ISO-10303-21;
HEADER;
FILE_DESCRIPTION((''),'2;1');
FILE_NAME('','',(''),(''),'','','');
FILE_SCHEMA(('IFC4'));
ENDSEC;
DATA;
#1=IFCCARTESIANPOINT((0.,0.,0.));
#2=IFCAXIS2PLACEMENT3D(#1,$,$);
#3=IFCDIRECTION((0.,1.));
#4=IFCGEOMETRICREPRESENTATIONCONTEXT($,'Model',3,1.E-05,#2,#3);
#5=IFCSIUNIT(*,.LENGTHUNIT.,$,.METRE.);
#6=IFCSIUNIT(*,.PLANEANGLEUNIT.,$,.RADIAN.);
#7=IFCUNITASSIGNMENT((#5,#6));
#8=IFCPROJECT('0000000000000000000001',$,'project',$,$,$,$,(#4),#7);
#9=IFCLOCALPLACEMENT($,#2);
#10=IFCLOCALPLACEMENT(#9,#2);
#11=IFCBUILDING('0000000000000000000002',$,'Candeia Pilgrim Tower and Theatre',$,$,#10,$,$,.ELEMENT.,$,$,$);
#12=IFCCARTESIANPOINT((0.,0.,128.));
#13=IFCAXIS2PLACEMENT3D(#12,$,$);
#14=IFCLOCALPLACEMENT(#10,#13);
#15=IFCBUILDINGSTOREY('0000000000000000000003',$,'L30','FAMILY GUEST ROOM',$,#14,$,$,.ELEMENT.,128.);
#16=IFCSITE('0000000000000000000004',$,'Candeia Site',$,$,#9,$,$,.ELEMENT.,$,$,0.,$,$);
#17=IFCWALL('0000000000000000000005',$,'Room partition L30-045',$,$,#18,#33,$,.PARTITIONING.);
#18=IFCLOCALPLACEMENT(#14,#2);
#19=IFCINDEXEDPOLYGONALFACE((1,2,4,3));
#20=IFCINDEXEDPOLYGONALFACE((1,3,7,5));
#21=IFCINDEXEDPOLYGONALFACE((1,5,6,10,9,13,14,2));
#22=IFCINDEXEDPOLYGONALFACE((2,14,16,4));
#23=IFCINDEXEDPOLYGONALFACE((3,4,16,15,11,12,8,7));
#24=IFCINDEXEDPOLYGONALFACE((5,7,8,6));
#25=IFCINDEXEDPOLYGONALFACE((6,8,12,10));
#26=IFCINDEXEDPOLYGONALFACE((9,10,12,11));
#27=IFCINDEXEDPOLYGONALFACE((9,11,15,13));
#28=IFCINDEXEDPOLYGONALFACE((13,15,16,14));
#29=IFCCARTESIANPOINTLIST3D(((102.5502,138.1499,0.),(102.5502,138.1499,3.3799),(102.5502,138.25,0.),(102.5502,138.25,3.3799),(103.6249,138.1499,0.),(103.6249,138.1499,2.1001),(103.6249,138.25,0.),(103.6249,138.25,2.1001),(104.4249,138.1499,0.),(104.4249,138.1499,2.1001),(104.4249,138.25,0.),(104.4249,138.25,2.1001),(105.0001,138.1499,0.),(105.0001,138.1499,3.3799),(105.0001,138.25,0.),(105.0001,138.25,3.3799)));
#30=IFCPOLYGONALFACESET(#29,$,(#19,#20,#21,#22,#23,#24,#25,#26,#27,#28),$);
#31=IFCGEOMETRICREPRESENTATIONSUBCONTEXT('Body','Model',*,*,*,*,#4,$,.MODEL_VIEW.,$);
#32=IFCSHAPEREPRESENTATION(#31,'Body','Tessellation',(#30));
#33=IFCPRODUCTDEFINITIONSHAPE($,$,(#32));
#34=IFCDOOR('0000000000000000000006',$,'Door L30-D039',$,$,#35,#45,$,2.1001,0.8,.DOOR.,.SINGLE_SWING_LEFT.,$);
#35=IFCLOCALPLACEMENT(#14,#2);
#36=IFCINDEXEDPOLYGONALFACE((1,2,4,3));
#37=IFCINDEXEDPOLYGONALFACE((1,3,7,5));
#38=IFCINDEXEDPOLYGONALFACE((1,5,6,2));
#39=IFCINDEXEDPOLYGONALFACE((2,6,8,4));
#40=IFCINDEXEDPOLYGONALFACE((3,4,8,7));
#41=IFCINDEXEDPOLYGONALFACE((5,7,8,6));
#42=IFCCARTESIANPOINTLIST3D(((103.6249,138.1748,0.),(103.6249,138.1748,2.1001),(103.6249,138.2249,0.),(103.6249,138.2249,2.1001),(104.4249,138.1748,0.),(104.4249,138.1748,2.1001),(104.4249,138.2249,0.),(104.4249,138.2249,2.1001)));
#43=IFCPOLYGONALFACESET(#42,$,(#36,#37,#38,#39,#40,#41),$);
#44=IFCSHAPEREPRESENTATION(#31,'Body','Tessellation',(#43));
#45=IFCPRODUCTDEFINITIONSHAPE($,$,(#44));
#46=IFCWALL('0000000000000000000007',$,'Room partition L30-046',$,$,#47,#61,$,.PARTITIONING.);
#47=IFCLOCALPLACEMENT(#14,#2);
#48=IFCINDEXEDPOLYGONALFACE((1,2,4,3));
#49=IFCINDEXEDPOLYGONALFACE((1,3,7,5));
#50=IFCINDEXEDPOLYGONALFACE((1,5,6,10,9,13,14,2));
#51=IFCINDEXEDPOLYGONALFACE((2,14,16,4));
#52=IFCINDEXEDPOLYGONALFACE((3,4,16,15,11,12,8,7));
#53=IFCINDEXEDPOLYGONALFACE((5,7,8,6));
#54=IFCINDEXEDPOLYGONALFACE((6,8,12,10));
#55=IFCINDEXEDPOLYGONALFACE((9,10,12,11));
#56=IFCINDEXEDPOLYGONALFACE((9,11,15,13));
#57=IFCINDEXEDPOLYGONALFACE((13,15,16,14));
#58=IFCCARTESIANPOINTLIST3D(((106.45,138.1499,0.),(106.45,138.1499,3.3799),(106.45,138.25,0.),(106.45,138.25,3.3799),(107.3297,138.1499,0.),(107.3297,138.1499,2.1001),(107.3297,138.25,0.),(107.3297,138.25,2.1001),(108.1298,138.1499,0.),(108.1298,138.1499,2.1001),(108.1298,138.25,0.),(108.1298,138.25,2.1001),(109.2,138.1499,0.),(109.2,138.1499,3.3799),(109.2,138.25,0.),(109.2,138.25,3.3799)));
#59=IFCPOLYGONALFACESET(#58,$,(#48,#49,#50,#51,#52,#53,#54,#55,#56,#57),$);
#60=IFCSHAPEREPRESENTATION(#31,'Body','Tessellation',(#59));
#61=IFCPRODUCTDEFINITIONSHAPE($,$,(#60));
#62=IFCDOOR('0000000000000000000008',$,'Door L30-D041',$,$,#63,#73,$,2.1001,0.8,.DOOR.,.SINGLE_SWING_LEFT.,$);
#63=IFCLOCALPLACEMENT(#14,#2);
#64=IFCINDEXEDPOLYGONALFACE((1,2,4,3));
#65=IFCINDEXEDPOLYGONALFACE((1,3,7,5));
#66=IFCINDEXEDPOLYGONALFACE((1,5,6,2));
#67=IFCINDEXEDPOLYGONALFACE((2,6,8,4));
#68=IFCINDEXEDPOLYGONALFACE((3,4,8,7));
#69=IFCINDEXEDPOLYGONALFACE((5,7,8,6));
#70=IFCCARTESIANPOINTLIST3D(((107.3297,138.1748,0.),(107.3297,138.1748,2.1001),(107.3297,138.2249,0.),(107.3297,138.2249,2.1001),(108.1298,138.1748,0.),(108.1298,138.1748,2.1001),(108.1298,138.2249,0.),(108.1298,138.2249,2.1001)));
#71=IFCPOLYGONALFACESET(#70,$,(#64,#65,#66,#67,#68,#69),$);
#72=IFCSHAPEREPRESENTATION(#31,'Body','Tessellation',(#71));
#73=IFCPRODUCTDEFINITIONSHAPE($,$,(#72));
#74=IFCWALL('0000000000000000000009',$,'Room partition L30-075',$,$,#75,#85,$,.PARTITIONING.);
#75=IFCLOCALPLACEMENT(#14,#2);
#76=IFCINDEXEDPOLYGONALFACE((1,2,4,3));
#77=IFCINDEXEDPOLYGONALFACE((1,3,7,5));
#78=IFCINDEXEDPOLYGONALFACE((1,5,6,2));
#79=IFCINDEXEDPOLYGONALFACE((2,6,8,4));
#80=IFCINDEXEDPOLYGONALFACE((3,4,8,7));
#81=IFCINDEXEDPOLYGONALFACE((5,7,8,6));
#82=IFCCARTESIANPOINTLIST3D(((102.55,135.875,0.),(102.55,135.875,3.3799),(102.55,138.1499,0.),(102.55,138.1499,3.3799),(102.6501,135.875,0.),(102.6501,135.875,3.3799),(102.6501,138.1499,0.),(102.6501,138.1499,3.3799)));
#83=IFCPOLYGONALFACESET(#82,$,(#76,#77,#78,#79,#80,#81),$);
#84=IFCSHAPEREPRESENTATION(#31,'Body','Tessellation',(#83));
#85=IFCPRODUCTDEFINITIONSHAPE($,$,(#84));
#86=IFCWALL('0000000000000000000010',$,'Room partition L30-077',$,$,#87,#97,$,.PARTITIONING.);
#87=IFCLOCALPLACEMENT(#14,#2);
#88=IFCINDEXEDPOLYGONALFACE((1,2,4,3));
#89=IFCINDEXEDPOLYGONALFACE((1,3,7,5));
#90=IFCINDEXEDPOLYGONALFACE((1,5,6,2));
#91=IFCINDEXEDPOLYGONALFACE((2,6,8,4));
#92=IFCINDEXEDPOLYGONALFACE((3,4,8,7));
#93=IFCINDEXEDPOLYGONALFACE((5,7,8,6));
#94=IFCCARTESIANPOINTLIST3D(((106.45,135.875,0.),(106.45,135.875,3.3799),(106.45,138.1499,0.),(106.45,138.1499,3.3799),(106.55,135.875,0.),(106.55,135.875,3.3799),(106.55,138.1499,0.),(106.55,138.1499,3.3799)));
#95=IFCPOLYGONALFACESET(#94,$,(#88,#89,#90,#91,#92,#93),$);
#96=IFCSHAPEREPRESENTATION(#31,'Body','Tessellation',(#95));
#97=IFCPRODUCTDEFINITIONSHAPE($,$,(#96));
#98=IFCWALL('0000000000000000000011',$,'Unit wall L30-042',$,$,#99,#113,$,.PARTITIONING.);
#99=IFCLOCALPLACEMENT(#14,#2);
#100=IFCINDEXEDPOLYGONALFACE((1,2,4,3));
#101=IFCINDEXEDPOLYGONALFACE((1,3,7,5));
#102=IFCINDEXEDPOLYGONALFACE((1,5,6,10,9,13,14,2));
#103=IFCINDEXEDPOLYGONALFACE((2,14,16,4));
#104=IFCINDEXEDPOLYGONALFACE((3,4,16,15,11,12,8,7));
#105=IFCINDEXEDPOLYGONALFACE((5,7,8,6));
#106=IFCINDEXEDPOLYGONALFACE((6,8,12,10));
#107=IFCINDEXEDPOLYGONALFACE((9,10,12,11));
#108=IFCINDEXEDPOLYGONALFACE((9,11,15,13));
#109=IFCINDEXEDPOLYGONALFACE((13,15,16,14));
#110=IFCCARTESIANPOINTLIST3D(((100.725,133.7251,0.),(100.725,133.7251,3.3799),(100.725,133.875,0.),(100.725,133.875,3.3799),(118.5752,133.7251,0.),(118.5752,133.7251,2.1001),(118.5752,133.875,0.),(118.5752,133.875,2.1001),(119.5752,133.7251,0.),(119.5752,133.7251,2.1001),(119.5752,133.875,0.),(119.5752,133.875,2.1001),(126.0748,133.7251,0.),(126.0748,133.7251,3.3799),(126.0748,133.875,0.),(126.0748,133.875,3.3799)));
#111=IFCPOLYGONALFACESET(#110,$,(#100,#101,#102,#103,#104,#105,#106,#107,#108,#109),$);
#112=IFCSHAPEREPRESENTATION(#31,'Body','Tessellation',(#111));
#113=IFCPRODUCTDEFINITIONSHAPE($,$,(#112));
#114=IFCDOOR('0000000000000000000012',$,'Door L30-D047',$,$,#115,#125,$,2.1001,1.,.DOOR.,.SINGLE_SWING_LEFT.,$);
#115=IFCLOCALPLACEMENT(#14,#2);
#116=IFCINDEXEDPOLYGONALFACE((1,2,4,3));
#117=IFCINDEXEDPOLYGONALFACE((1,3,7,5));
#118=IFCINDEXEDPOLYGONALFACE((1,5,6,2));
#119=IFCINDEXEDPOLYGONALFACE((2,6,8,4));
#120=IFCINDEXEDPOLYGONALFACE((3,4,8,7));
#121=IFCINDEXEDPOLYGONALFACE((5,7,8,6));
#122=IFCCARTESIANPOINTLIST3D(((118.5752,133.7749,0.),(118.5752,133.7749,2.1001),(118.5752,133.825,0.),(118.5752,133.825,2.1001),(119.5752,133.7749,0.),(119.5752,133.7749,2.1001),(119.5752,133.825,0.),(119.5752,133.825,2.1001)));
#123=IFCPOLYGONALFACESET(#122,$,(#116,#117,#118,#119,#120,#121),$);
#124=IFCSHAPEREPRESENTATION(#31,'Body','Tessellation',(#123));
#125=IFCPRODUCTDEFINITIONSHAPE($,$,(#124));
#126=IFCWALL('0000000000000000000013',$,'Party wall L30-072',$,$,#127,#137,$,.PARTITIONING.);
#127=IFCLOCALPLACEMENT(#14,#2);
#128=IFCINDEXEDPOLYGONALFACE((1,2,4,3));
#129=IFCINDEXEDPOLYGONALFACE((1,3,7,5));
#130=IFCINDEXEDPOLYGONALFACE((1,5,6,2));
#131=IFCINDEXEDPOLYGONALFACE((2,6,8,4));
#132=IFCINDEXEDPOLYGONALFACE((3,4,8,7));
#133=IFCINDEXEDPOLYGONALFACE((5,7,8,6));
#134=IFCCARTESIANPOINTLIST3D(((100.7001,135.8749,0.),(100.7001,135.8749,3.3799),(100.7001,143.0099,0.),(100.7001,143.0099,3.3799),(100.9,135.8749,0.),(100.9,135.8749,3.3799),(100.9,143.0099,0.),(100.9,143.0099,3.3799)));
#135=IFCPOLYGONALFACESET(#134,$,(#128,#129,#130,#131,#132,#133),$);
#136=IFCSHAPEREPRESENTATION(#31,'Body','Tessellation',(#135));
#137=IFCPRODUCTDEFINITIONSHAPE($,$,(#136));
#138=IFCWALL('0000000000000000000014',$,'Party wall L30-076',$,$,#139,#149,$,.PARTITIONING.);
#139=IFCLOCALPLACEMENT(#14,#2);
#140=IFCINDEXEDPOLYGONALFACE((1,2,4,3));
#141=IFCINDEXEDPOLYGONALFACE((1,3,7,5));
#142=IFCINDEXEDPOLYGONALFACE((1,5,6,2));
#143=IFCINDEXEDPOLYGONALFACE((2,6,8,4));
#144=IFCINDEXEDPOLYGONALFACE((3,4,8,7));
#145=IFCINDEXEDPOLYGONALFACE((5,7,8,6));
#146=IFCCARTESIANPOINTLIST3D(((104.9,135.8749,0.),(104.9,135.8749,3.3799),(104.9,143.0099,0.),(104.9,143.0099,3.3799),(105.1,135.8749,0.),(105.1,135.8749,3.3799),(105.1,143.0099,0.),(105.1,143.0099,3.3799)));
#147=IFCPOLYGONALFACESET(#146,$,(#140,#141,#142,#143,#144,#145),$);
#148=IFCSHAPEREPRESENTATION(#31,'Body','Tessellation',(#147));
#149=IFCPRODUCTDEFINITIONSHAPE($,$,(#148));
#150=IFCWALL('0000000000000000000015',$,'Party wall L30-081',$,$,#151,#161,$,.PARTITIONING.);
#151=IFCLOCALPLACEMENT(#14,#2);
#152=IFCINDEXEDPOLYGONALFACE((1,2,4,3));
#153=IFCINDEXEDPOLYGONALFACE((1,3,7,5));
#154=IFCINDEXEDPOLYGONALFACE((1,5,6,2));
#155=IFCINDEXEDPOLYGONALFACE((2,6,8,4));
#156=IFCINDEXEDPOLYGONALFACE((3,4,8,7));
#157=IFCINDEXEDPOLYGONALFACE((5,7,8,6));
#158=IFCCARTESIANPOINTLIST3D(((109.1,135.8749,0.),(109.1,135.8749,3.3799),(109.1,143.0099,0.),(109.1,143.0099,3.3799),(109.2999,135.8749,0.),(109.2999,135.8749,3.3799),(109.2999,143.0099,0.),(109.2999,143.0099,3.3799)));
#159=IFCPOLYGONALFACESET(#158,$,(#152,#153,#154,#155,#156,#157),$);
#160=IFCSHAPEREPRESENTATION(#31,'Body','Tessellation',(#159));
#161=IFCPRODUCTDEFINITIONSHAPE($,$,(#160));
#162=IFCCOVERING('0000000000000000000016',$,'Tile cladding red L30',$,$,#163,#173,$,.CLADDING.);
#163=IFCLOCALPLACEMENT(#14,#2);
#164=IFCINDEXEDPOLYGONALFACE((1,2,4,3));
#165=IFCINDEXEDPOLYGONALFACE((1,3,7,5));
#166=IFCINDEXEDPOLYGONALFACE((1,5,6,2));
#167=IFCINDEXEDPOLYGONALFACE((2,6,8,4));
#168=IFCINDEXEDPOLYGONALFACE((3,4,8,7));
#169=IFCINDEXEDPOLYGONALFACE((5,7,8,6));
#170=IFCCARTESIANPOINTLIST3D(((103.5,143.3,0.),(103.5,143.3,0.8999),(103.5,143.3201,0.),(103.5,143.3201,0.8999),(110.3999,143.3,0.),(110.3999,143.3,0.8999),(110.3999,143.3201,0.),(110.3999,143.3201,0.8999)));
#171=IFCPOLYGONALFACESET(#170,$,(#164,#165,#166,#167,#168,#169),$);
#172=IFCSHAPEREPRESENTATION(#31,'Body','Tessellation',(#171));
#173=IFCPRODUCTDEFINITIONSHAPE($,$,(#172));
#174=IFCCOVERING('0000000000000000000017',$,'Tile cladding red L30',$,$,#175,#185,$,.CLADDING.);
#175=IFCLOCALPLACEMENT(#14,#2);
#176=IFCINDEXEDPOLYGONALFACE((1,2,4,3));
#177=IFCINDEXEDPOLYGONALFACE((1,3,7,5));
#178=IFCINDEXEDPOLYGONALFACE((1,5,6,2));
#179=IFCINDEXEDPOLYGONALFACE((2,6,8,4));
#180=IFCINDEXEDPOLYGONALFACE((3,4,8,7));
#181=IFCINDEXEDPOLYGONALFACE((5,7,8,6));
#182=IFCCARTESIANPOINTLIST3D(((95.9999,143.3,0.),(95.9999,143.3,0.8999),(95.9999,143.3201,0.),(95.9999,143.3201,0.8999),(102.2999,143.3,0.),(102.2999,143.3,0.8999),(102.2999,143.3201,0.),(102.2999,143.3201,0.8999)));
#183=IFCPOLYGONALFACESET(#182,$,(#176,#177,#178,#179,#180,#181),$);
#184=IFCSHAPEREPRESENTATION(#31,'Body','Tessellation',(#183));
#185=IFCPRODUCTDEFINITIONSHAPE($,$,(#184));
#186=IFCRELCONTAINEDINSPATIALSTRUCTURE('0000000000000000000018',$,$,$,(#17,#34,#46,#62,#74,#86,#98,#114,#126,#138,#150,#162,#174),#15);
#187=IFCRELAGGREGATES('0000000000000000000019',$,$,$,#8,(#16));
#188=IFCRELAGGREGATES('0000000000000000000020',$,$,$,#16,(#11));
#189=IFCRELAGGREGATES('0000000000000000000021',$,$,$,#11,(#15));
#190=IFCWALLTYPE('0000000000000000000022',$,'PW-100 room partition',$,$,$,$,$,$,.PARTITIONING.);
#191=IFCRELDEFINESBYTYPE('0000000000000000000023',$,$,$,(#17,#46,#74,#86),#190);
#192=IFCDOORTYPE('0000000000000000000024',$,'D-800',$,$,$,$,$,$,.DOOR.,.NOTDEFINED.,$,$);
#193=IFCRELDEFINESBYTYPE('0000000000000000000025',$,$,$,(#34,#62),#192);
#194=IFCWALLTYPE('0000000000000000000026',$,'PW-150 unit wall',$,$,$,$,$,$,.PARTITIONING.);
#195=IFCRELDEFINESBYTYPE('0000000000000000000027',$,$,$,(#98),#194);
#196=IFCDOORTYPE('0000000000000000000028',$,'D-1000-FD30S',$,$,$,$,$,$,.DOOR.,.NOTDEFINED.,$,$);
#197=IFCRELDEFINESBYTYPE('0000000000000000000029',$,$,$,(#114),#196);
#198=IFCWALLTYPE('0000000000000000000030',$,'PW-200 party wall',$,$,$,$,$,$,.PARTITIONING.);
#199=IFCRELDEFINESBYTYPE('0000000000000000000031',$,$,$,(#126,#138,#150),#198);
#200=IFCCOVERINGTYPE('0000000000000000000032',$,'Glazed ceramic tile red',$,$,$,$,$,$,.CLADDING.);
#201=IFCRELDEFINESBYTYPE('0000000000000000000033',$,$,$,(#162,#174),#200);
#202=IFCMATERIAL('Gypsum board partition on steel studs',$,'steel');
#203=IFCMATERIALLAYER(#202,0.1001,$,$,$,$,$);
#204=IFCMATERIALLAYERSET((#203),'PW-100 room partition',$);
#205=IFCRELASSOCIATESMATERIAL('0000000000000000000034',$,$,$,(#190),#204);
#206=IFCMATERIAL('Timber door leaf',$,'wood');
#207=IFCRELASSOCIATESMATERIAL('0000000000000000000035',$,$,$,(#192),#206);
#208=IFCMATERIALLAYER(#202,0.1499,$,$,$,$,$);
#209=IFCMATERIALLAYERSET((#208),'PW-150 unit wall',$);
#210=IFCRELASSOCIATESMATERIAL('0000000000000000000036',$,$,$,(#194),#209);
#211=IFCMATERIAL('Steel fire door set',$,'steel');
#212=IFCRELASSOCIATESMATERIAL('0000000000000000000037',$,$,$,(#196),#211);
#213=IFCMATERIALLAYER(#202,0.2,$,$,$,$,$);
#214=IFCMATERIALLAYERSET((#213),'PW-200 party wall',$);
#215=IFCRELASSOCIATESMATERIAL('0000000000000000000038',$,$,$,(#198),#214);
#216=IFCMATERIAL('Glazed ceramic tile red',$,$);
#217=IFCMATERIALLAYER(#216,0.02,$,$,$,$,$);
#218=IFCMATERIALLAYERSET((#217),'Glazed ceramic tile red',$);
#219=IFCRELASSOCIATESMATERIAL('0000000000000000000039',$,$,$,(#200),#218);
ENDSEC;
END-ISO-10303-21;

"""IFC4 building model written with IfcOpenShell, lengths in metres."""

from ifc_helpers import new_model, si_unit, direction, frame, frame_2d, origin, origin_2d, place, context, subcontext, project, spatial, rectangle, extrude, material, layer, layer_set, type_object, element, fill, save


model = new_model("IFC4")

# Units and contexts
model_context = context("Model", 3, precision=1e-05, world=origin(), true_north=direction((0.0, 1.0)))
body_context = subcontext(model_context, "Body", "Model", "MODEL_VIEW")
ifc_project = project(units=[si_unit("LENGTHUNIT", "METRE"), si_unit("PLANEANGLEUNIT", "RADIAN")], contexts=[model_context])

# Site, building, storey
site_placement = place(None, origin())
site = spatial("IfcSite", under=ifc_project, at=site_placement, Name="Candeia Site", CompositionType="ELEMENT", RefElevation=0.0)
building_placement = place(site_placement, origin())
building = spatial("IfcBuilding", under=site, at=building_placement, Name="Candeia Pilgrim Tower and Theatre", CompositionType="ELEMENT")
storey_placement = place(building_placement, frame((0.0, 0.0, 128.0)))
storey = spatial("IfcBuildingStorey", under=building, at=storey_placement, Name="L30", Description="FAMILY GUEST ROOM", CompositionType="ELEMENT", Elevation=128.0)

# Walls, openings, doors
ifc_material_1 = material(Name="Gypsum board partition on steel studs", Category="steel")
ifc_layer_1 = layer(ifc_material_1, 0.1001)
ifc_layer_set_1 = layer_set([ifc_layer_1], Name="PW-100 room partition")
wall_type_1 = type_object("IfcWallType", Name="PW-100 room partition", PredefinedType="PARTITIONING", material=ifc_layer_set_1)
wall_1_placement = place(storey_placement, frame((102.55, 138.2, 0.0), z_axis=(0.0, 0.0, 1.0), x_axis=(1.0, 0.0, 0.0)))
wall_1 = element("IfcWall", 1, at=wall_1_placement, inside=storey, type_object=wall_type_1, Name="Room partition L30-045", PredefinedType="PARTITIONING", context=body_context, shape_type="SweptSolid", body=[
    extrude(rectangle(XDim=2.45, YDim=0.1001, at=frame_2d((1.2251, 0.0))), origin(), (0.0, 0.0, 1.0), 3.3799),
])
opening_1_placement = place(wall_1_placement, frame((1.075, 0.0, 0.0)))
opening_1 = element("IfcOpeningElement", 2, at=opening_1_placement, cuts=wall_1, PredefinedType="OPENING", context=body_context, shape_type="SweptSolid", body=[
    extrude(rectangle(XDim=0.8, YDim=2.1001, at=frame_2d((0.3999, 1.05))), frame((0.0, 0.0601, 0.0), z_axis=(0.0, -1.0, 0.0), x_axis=(1.0, 0.0, 0.0)), (0.0, 0.0, 1.0), 0.1201),
])
ifc_material_2 = material(Name="Timber door leaf", Category="wood")
door_type_1 = type_object("IfcDoorType", Name="D-800", OperationType="NOTDEFINED", PredefinedType="DOOR", material=ifc_material_2)
door_1_placement = place(opening_1_placement, origin())
door_1 = element("IfcDoor", 3, at=door_1_placement, inside=storey, type_object=door_type_1, Name="Door L30-D039", OperationType="SINGLE_SWING_LEFT", OverallHeight=2.1001, OverallWidth=0.8, PredefinedType="DOOR", context=body_context, shape_type="SweptSolid", body=[
    extrude(rectangle(XDim=0.8, YDim=2.1001, at=frame_2d((0.3999, 1.05))), frame((0.0, 0.0249, 0.0), z_axis=(0.0, -1.0, 0.0), x_axis=(1.0, 0.0, 0.0)), (0.0, 0.0, 1.0), 0.05),
])
fill(opening_1, door_1)
wall_2_placement = place(storey_placement, frame((106.45, 138.2, 0.0), z_axis=(0.0, 0.0, 1.0), x_axis=(1.0, 0.0, 0.0)))
wall_2 = element("IfcWall", 4, at=wall_2_placement, inside=storey, type_object=wall_type_1, Name="Room partition L30-046", PredefinedType="PARTITIONING", context=body_context, shape_type="SweptSolid", body=[
    extrude(rectangle(XDim=2.75, YDim=0.1001, at=frame_2d((1.375, 0.0))), origin(), (0.0, 0.0, 1.0), 3.3799),
])
opening_2_placement = place(wall_2_placement, frame((0.8799, 0.0, 0.0)))
opening_2 = element("IfcOpeningElement", 5, at=opening_2_placement, cuts=wall_2, PredefinedType="OPENING", context=body_context, shape_type="SweptSolid", body=[
    extrude(rectangle(XDim=0.8, YDim=2.1001, at=frame_2d((0.3999, 1.05))), frame((0.0, 0.0601, 0.0), z_axis=(0.0, -1.0, 0.0), x_axis=(1.0, 0.0, 0.0)), (0.0, 0.0, 1.0), 0.1201),
])
door_2_placement = place(opening_2_placement, origin())
door_2 = element("IfcDoor", 6, at=door_2_placement, inside=storey, type_object=door_type_1, Name="Door L30-D041", OperationType="SINGLE_SWING_LEFT", OverallHeight=2.1001, OverallWidth=0.8, PredefinedType="DOOR", context=body_context, shape_type="SweptSolid", body=[
    extrude(rectangle(XDim=0.8, YDim=2.1001, at=frame_2d((0.3999, 1.05))), frame((0.0, 0.0249, 0.0), z_axis=(0.0, -1.0, 0.0), x_axis=(1.0, 0.0, 0.0)), (0.0, 0.0, 1.0), 0.05),
])
fill(opening_2, door_2)

# Walls
for number, where, z_axis, x_axis, name in (
    (7, (102.6001, 135.875, 0.0), (0.0, 0.0, 1.0), (0.0, 1.0, 0.0), "Room partition L30-075"),
    (8, (106.5, 135.875, 0.0), (0.0, 0.0, 1.0), (0.0, 1.0, 0.0), "Room partition L30-077"),
):
    element("IfcWall", number, at=place(storey_placement, frame(where, z_axis=z_axis, x_axis=x_axis)), inside=storey, type_object=wall_type_1, Name=name, PredefinedType="PARTITIONING", context=body_context, shape_type="SweptSolid", body=[
        extrude(rectangle(XDim=2.2749, YDim=0.1001, at=frame_2d((1.1375, 0.0))), origin(), (0.0, 0.0, 1.0), 3.3799),
    ])

# Wall, opening, door
ifc_layer_2 = layer(ifc_material_1, 0.1499)
ifc_layer_set_2 = layer_set([ifc_layer_2], Name="PW-150 unit wall")
wall_type_2 = type_object("IfcWallType", Name="PW-150 unit wall", PredefinedType="PARTITIONING", material=ifc_layer_set_2)
wall_3_placement = place(storey_placement, frame((100.7251, 133.8, 0.0), z_axis=(0.0, 0.0, 1.0), x_axis=(1.0, 0.0, 0.0)))
wall_3 = element("IfcWall", 9, at=wall_3_placement, inside=storey, type_object=wall_type_2, Name="Unit wall L30-042", PredefinedType="PARTITIONING", context=body_context, shape_type="SweptSolid", body=[
    extrude(rectangle(XDim=25.3499, YDim=0.1499, at=frame_2d((12.6748, 0.0))), origin(), (0.0, 0.0, 1.0), 3.3799),
])
opening_3_placement = place(wall_3_placement, frame((17.8501, 0.0, 0.0)))
opening_3 = element("IfcOpeningElement", 10, at=opening_3_placement, cuts=wall_3, PredefinedType="OPENING", context=body_context, shape_type="SweptSolid", body=[
    extrude(rectangle(XDim=1.0, YDim=2.1001, at=frame_2d((0.5, 1.05))), frame((0.0, 0.085, 0.0), z_axis=(0.0, -1.0, 0.0), x_axis=(1.0, 0.0, 0.0)), (0.0, 0.0, 1.0), 0.1699),
])
ifc_material_3 = material(Name="Steel fire door set", Category="steel")
door_type_2 = type_object("IfcDoorType", Name="D-1000-FD30S", OperationType="NOTDEFINED", PredefinedType="DOOR", material=ifc_material_3)
door_3_placement = place(opening_3_placement, origin())
door_3 = element("IfcDoor", 11, at=door_3_placement, inside=storey, type_object=door_type_2, Name="Door L30-D047", OperationType="SINGLE_SWING_LEFT", OverallHeight=2.1001, OverallWidth=1.0, PredefinedType="DOOR", context=body_context, shape_type="SweptSolid", body=[
    extrude(rectangle(XDim=1.0, YDim=2.1001, at=frame_2d((0.5, 1.05))), frame((0.0, 0.0249, 0.0), z_axis=(0.0, -1.0, 0.0), x_axis=(1.0, 0.0, 0.0)), (0.0, 0.0, 1.0), 0.05),
])
fill(opening_3, door_3)

# Walls
ifc_layer_3 = layer(ifc_material_1, 0.2)
ifc_layer_set_3 = layer_set([ifc_layer_3], Name="PW-200 party wall")
wall_type_3 = type_object("IfcWallType", Name="PW-200 party wall", PredefinedType="PARTITIONING", material=ifc_layer_set_3)
for number, where, z_axis, x_axis, name in (
    (12, (100.8, 135.875, 0.0), (0.0, 0.0, 1.0), (0.0, 1.0, 0.0), "Party wall L30-072"),
    (13, (105.0, 135.875, 0.0), (0.0, 0.0, 1.0), (0.0, 1.0, 0.0), "Party wall L30-076"),
    (14, (109.2, 135.875, 0.0), (0.0, 0.0, 1.0), (0.0, 1.0, 0.0), "Party wall L30-081"),
):
    element("IfcWall", number, at=place(storey_placement, frame(where, z_axis=z_axis, x_axis=x_axis)), inside=storey, type_object=wall_type_3, Name=name, PredefinedType="PARTITIONING", context=body_context, shape_type="SweptSolid", body=[
        extrude(rectangle(XDim=7.135, YDim=0.2, at=frame_2d((3.5674, 0.0))), origin(), (0.0, 0.0, 1.0), 3.3799),
    ])

# Coverings
ifc_material_4 = material(Name="Glazed ceramic tile red")
ifc_layer_4 = layer(ifc_material_4, 0.02)
ifc_layer_set_4 = layer_set([ifc_layer_4], Name="Glazed ceramic tile red")
covering_type = type_object("IfcCoveringType", Name="Glazed ceramic tile red", PredefinedType="CLADDING", material=ifc_layer_set_4)
covering_1_placement = place(storey_placement, frame((106.95, 143.3101, 0.0), z_axis=(0.0, 0.0, 1.0), x_axis=(-1.0, 0.0, 0.0)))
element("IfcCovering", 15, at=covering_1_placement, inside=storey, type_object=covering_type, Name="Tile cladding red L30", PredefinedType="CLADDING", context=body_context, shape_type="SweptSolid", body=[
    extrude(rectangle(XDim=6.8999, YDim=0.02, at=origin_2d()), origin(), (0.0, 0.0, 1.0), 0.8999),
])
covering_2_placement = place(storey_placement, frame((99.1499, 143.3101, 0.0), z_axis=(0.0, 0.0, 1.0), x_axis=(-1.0, 0.0, 0.0)))
element("IfcCovering", 16, at=covering_2_placement, inside=storey, type_object=covering_type, Name="Tile cladding red L30", PredefinedType="CLADDING", context=body_context, shape_type="SweptSolid", body=[
    extrude(rectangle(XDim=6.3, YDim=0.02, at=origin_2d()), origin(), (0.0, 0.0, 1.0), 0.8999),
])

save(model, "model.ifc")
